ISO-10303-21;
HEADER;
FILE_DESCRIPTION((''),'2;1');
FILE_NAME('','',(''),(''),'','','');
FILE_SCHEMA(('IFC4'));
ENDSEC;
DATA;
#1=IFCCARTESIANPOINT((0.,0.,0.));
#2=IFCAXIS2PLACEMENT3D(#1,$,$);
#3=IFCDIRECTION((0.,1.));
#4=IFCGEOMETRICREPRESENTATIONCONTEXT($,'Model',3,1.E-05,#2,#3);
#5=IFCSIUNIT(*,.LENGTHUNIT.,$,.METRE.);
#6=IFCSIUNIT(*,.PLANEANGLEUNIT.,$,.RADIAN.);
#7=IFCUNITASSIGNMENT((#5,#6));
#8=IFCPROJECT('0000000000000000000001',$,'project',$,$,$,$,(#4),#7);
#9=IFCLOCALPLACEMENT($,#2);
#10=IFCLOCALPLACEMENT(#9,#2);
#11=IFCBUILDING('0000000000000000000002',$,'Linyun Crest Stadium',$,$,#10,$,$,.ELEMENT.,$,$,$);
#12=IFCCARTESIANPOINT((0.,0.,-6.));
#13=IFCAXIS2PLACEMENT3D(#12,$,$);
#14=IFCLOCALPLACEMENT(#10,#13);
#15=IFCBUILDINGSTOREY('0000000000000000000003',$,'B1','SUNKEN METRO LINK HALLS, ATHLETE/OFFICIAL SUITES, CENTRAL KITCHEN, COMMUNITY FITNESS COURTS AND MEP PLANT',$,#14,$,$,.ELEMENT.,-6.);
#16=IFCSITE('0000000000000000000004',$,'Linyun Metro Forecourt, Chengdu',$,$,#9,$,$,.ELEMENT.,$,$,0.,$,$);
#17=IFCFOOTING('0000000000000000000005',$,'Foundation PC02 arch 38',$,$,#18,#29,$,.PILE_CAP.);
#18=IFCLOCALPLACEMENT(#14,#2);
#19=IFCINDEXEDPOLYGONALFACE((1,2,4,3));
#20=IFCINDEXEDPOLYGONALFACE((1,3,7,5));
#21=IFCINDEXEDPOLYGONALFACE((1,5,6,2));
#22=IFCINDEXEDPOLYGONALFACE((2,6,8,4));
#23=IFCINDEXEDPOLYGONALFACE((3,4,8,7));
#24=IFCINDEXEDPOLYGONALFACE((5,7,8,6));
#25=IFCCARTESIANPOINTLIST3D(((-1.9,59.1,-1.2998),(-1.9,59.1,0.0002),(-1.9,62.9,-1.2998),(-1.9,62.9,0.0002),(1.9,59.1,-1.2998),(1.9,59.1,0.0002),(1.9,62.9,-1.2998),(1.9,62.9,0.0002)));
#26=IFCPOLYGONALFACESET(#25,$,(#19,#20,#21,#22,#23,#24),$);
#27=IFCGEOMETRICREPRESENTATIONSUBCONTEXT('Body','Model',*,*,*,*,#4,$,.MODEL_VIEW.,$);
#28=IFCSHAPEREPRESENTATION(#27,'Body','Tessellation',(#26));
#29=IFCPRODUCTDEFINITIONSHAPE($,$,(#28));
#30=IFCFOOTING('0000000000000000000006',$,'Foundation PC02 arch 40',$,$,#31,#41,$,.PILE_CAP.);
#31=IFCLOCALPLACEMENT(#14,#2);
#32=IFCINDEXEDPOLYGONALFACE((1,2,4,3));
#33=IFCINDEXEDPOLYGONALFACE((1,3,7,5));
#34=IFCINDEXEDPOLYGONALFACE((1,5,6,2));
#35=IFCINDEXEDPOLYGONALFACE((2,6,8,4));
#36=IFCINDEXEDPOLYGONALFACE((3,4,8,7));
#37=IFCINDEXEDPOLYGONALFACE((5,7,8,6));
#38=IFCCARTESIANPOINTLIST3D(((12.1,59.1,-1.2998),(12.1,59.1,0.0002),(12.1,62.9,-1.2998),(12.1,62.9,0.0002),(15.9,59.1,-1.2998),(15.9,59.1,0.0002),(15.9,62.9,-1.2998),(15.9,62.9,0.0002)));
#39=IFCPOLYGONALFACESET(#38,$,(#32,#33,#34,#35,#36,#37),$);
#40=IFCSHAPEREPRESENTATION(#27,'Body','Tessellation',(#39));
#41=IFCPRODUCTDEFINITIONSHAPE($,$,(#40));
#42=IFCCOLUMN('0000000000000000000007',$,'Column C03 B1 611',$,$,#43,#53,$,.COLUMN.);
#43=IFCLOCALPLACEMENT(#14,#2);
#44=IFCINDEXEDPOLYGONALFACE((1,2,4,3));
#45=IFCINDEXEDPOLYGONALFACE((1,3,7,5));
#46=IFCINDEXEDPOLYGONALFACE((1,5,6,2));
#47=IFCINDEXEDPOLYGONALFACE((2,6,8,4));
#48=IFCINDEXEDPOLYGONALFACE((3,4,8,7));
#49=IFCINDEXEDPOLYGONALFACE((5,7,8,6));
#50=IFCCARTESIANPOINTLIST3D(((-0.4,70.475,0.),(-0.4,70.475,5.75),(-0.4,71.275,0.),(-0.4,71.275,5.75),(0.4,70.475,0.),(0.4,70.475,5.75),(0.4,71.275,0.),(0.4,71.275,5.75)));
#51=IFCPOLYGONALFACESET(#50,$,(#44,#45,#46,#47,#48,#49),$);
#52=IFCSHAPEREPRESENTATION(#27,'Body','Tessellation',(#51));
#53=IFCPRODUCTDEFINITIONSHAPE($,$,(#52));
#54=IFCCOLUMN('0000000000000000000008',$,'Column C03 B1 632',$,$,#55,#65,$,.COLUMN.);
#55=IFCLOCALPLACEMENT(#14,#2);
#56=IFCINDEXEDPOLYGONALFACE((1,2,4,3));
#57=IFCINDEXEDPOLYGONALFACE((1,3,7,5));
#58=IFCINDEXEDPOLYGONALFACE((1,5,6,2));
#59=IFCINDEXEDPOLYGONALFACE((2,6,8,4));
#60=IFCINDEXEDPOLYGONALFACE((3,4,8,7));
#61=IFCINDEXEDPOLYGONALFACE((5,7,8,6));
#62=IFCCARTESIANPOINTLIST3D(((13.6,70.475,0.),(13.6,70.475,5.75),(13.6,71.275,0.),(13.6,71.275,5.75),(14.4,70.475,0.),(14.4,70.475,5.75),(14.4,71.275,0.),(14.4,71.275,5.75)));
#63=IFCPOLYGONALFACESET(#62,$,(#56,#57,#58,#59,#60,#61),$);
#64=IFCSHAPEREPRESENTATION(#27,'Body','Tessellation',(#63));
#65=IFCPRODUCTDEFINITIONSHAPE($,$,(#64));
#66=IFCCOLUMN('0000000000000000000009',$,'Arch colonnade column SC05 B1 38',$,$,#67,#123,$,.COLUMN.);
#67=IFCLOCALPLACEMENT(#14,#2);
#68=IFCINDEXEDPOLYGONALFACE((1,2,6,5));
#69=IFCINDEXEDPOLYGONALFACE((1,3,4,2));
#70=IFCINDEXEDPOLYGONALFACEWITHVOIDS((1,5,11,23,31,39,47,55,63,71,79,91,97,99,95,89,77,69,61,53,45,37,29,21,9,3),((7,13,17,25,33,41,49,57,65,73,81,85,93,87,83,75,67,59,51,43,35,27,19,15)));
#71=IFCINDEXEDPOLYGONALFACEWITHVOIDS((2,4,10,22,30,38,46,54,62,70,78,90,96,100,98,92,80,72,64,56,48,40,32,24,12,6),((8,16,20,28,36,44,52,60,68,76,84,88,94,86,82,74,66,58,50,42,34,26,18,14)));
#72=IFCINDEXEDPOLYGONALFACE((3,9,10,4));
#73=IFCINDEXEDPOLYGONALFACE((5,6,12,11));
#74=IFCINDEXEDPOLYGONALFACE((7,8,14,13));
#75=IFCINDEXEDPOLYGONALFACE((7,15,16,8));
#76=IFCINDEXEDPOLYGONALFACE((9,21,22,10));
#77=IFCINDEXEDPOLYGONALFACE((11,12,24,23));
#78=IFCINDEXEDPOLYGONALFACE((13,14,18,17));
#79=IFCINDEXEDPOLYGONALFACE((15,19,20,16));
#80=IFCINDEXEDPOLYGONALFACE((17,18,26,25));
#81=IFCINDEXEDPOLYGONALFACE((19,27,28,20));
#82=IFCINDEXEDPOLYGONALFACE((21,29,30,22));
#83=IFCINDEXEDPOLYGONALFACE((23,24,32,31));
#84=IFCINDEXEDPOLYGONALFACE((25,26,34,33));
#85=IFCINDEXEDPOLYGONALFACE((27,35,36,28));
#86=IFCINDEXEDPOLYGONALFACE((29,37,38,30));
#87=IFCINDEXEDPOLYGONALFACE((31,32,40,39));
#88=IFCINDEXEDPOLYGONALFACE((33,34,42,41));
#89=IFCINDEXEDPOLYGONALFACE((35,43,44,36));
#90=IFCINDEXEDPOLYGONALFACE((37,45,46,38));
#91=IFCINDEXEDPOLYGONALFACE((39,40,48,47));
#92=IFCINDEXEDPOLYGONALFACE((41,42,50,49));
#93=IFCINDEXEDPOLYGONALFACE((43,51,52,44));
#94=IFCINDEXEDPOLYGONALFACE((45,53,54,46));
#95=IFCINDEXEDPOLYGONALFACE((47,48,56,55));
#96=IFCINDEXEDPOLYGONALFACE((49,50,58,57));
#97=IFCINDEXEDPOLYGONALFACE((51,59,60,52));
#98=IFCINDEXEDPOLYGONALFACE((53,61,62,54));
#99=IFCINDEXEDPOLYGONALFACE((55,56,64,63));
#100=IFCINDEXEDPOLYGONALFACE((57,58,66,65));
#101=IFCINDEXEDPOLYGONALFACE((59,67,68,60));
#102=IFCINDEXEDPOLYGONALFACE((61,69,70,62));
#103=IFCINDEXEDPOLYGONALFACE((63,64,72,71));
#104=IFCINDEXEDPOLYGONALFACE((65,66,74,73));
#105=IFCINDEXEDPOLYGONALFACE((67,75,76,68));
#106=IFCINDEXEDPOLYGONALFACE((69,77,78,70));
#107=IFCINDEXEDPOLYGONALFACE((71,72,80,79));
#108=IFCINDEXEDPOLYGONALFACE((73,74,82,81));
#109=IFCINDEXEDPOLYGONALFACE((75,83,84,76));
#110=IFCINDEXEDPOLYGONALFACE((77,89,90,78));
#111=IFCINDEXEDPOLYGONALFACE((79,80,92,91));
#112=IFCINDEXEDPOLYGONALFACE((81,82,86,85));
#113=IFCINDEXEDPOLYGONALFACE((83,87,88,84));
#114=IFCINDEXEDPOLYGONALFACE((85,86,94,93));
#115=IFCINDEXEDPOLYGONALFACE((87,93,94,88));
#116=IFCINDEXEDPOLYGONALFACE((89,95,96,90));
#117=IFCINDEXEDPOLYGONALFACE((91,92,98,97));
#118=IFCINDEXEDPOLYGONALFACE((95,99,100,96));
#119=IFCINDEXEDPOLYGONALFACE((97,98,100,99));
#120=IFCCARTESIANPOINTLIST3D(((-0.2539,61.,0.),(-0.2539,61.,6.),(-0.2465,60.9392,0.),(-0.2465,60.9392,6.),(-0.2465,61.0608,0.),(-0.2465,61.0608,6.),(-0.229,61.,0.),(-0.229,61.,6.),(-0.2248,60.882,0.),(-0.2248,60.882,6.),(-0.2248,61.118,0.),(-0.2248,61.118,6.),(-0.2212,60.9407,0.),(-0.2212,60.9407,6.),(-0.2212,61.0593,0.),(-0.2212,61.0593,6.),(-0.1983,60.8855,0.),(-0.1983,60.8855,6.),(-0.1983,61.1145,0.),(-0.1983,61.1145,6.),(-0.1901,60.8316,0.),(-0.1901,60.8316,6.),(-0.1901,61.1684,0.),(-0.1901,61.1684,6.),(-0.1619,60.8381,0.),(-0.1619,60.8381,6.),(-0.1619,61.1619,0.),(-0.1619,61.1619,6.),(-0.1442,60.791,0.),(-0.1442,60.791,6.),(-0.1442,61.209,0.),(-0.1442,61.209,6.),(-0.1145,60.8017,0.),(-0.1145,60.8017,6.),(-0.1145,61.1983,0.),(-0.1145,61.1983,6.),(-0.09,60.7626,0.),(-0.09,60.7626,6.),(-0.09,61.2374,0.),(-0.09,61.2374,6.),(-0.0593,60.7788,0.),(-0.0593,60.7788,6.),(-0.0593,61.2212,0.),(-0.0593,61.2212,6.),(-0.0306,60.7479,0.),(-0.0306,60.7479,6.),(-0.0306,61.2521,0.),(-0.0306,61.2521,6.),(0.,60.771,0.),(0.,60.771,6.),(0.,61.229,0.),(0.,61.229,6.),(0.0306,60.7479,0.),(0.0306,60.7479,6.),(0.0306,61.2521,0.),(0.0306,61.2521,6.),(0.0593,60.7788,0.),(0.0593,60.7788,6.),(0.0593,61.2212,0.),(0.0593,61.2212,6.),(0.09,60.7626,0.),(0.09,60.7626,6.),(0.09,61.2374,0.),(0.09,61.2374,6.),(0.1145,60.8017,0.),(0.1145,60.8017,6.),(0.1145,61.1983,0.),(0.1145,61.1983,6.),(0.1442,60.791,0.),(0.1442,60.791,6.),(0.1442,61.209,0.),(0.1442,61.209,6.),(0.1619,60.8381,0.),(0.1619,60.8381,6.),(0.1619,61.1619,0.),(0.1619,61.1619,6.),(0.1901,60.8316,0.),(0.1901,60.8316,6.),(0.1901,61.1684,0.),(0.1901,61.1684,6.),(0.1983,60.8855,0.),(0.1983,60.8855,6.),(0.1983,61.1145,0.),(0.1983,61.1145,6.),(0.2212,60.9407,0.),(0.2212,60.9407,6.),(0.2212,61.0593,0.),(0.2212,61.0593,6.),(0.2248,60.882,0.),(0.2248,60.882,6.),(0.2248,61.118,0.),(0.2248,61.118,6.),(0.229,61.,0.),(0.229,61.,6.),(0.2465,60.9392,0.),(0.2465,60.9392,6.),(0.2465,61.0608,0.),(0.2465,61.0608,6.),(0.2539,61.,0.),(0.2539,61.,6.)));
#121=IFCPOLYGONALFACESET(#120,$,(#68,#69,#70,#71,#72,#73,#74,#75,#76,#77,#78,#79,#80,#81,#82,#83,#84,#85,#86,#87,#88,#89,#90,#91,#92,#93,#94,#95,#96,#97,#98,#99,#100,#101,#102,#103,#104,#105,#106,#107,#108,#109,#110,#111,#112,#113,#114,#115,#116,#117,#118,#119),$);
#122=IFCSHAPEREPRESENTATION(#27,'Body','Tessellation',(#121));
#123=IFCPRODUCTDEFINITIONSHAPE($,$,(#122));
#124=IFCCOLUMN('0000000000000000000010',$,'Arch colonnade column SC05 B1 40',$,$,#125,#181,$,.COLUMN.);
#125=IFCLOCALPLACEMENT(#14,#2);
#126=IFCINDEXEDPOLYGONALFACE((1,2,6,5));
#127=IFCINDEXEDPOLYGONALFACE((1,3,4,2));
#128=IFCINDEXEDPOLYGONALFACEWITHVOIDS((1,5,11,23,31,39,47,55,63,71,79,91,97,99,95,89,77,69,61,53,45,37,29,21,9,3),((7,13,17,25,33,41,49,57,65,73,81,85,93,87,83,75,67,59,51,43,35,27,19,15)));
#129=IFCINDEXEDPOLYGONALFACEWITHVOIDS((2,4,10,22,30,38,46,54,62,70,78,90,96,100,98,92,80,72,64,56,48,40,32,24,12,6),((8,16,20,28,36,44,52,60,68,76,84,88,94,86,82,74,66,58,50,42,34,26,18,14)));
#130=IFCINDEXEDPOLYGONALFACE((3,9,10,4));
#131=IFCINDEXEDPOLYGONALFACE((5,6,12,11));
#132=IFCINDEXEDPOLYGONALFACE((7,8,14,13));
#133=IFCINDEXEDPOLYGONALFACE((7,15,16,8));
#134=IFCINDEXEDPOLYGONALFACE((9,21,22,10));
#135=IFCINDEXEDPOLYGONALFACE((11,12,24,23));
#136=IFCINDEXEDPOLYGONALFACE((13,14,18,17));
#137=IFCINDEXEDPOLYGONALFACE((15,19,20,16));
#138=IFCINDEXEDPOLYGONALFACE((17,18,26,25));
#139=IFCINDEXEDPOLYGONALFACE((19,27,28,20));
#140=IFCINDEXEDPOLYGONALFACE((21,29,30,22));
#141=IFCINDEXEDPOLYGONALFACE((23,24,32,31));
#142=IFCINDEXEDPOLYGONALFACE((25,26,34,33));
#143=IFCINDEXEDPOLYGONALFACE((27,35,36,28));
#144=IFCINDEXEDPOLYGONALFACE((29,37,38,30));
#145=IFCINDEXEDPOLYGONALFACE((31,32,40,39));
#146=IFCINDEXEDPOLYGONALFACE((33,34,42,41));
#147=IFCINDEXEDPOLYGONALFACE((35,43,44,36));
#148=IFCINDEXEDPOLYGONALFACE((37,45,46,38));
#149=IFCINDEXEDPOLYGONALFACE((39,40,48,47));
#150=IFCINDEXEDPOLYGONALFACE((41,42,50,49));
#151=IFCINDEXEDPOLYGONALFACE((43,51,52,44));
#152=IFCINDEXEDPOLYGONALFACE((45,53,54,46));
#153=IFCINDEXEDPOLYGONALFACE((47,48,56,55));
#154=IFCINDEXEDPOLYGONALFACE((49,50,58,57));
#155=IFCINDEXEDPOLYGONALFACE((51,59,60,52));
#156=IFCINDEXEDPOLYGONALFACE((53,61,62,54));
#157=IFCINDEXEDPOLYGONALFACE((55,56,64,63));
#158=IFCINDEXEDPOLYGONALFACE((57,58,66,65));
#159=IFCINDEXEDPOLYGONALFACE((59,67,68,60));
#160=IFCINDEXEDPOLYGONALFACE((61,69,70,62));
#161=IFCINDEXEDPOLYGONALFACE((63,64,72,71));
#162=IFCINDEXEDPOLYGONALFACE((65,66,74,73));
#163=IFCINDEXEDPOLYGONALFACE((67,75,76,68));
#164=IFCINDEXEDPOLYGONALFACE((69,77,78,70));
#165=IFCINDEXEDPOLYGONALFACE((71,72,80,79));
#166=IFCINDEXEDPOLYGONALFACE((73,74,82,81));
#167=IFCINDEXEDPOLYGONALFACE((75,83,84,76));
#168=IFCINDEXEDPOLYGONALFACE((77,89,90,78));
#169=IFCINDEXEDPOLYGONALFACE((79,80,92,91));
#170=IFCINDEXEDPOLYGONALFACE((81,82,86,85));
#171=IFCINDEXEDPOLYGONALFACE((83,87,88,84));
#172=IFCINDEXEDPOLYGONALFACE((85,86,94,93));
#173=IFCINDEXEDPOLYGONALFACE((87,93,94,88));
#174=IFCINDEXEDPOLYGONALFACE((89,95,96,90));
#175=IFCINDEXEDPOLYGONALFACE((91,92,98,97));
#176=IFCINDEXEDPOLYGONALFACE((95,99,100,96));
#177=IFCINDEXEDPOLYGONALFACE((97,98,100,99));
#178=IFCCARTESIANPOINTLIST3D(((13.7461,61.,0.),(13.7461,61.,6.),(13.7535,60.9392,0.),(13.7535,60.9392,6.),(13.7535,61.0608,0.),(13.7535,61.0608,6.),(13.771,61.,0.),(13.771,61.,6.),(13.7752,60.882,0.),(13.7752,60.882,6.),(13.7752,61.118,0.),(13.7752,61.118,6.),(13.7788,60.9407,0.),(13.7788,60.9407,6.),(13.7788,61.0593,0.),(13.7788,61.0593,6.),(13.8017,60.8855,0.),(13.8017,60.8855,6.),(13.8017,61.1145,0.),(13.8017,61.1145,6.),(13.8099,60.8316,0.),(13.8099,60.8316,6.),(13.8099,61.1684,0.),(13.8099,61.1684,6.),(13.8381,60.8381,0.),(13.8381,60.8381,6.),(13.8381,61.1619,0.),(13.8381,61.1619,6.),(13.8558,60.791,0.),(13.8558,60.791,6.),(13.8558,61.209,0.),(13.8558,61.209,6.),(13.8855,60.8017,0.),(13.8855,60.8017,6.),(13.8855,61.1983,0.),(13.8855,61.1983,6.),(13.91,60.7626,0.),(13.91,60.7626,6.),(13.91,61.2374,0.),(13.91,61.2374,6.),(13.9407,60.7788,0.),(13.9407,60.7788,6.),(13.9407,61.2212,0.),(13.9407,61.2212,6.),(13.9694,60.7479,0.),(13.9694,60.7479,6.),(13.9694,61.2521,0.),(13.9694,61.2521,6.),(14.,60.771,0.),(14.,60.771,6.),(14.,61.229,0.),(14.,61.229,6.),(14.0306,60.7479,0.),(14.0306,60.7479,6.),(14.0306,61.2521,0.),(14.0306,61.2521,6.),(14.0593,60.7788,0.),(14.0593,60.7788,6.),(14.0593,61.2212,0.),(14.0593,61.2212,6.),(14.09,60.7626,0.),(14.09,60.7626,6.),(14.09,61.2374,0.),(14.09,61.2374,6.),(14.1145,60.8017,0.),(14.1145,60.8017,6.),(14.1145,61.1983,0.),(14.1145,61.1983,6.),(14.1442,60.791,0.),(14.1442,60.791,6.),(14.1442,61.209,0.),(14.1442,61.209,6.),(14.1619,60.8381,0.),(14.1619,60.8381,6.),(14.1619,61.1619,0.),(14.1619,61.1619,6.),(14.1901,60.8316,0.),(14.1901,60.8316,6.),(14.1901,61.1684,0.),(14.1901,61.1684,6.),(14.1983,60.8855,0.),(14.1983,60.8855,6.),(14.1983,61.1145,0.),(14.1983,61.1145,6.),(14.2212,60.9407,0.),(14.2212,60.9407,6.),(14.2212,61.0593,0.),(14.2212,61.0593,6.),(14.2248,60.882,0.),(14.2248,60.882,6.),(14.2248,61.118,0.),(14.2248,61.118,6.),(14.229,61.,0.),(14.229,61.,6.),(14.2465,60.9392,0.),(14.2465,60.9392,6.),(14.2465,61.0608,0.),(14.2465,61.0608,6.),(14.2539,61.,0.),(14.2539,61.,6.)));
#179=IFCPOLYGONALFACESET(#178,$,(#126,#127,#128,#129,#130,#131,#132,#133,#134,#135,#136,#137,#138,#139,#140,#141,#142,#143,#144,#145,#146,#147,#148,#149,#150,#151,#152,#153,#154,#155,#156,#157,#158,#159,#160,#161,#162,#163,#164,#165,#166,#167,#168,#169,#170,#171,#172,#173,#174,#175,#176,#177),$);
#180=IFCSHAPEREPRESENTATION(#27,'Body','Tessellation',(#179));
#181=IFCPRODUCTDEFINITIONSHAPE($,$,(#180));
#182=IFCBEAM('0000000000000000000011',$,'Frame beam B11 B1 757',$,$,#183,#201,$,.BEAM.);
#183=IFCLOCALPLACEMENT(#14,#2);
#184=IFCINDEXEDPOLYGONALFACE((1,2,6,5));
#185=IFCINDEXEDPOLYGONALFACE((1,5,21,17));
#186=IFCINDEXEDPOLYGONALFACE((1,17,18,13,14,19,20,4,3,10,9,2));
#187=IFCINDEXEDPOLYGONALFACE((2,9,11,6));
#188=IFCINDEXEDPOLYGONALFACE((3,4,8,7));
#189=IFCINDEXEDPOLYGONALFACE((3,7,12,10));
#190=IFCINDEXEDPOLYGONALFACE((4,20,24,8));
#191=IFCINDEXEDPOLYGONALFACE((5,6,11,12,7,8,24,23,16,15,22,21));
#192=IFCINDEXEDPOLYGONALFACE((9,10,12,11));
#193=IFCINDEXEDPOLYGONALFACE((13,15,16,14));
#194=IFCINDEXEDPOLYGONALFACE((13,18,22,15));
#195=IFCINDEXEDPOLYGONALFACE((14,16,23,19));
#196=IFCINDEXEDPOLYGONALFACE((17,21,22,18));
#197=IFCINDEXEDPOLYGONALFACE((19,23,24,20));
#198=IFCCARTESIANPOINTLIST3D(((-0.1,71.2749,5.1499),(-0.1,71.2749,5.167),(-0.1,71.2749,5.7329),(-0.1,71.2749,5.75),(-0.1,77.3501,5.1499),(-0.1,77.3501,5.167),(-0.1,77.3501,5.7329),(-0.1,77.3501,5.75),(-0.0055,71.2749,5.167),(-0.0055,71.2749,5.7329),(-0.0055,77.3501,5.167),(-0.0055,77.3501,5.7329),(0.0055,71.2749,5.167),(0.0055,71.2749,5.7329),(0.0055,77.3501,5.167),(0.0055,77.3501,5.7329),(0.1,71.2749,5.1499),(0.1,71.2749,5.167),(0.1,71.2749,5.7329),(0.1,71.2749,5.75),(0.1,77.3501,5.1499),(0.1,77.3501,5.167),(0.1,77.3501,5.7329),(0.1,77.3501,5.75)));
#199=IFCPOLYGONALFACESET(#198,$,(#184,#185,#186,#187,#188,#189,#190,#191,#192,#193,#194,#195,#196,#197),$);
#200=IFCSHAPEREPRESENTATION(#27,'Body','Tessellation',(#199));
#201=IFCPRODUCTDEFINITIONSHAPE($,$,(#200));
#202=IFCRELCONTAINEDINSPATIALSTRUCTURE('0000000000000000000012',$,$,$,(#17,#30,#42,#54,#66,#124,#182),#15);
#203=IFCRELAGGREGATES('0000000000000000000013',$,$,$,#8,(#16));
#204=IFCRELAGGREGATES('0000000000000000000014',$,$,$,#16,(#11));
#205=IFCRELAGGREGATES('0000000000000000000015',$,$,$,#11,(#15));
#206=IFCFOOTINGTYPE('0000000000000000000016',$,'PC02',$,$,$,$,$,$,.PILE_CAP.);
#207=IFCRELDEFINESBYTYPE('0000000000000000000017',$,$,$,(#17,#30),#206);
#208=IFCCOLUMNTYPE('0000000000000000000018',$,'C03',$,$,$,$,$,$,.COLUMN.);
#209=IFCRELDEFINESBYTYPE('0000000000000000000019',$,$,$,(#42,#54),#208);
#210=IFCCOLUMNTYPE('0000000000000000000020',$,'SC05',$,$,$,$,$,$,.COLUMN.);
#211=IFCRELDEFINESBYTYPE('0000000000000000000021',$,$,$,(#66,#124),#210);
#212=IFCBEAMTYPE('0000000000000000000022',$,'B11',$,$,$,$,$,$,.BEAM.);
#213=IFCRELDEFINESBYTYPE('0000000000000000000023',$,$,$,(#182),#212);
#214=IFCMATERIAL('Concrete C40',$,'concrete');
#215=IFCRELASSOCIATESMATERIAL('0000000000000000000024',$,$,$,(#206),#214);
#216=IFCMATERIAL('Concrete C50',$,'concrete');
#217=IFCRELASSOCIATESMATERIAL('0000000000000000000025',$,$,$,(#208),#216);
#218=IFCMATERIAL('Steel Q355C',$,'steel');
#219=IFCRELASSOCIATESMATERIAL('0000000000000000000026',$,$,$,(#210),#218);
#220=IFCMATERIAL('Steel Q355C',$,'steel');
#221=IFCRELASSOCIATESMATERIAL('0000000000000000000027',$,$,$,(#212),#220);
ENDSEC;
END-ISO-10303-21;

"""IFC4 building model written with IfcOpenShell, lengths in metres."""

from ifc_helpers import new_model, si_unit, direction, frame, origin, origin_2d, place, context, subcontext, project, spatial, rectangle, hollow_circle, i_section, extrude, material, material_profile, profile_set, type_object, element, save


model = new_model("IFC4")

# Units and contexts
model_context = context("Model", 3, precision=1e-05, world=origin(), true_north=direction((0.0, 1.0)))
body_context = subcontext(model_context, "Body", "Model", "MODEL_VIEW")
ifc_project = project(units=[si_unit("LENGTHUNIT", "METRE"), si_unit("PLANEANGLEUNIT", "RADIAN")], contexts=[model_context])

# Site, building, storey
site_placement = place(None, origin())
site = spatial("IfcSite", under=ifc_project, at=site_placement, Name="Linyun Metro Forecourt, Chengdu", CompositionType="ELEMENT", RefElevation=0.0)
building_placement = place(site_placement, origin())
building = spatial("IfcBuilding", under=site, at=building_placement, Name="Linyun Crest Stadium", CompositionType="ELEMENT")
storey_placement = place(building_placement, frame((0.0, 0.0, -6.0)))
storey = spatial("IfcBuildingStorey", under=building, at=storey_placement, Name="B1", Description="SUNKEN METRO LINK HALLS, ATHLETE/OFFICIAL SUITES, CENTRAL KITCHEN, COMMUNITY FITNESS COURTS AND MEP PLANT", CompositionType="ELEMENT", Elevation=-6.0)

# Footings
ifc_material_1 = material(Name="Concrete C40", Category="concrete")
footing_type = type_object("IfcFootingType", Name="PC02", PredefinedType="PILE_CAP", material=ifc_material_1)
for number, where, z_axis, x_axis, name in (
    (1, (0.0, 61.0, -1.2998), (0.0, 0.0, 1.0), (1.0, 0.0, 0.0), "Foundation PC02 arch 38"),
    (2, (14.0, 61.0, -1.2998), (0.0, 0.0, 1.0), (1.0, 0.0, 0.0), "Foundation PC02 arch 40"),
):
    element("IfcFooting", number, at=place(storey_placement, frame(where, z_axis=z_axis, x_axis=x_axis)), inside=storey, type_object=footing_type, Name=name, PredefinedType="PILE_CAP", context=body_context, shape_type="SweptSolid", body=[
        extrude(rectangle(XDim=3.8, YDim=3.8, at=origin_2d()), origin(), (0.0, 0.0, 1.0), 1.3),
    ])

# Columns
ifc_material_2 = material(Name="Concrete C50", Category="concrete")
ifc_material_profile_1 = material_profile(ifc_material_2, rectangle(XDim=0.8, YDim=0.8, at=origin_2d()), Name="RC 800x800")
ifc_profile_set_1 = profile_set([ifc_material_profile_1], Name="Concrete C50")
column_type_1 = type_object("IfcColumnType", Name="C03", PredefinedType="COLUMN", material=ifc_profile_set_1)
for number, where, z_axis, x_axis, name in (
    (3, (0.0, 70.875, 0.0), (0.0, 0.0, 1.0), (1.0, 0.0, 0.0), "Column C03 B1 611"),
    (4, (14.0, 70.875, 0.0), (0.0, 0.0, 1.0), (1.0, 0.0, 0.0), "Column C03 B1 632"),
):
    element("IfcColumn", number, at=place(storey_placement, frame(where, z_axis=z_axis, x_axis=x_axis)), inside=storey, type_object=column_type_1, Name=name, PredefinedType="COLUMN", context=body_context, shape_type="SweptSolid", body=[
        extrude(rectangle(XDim=0.8, YDim=0.8, at=origin_2d()), origin(), (0.0, 0.0, 1.0), 5.75),
    ])
ifc_material_3 = material(Name="Steel Q355C", Category="steel")
ifc_material_profile_2 = material_profile(ifc_material_3, hollow_circle(Radius=0.2539, WallThickness=0.0249, at=origin_2d()), Name="CHS 508x25")
ifc_profile_set_2 = profile_set([ifc_material_profile_2], Name="Steel Q355C")
column_type_2 = type_object("IfcColumnType", Name="SC05", PredefinedType="COLUMN", material=ifc_profile_set_2)
for number, where, z_axis, x_axis, name in (
    (5, (0.0, 61.0, 0.0), (0.0, 0.0, 1.0), (1.0, 0.0, 0.0), "Arch colonnade column SC05 B1 38"),
    (6, (14.0, 61.0, 0.0), (0.0, 0.0, 1.0), (1.0, 0.0, 0.0), "Arch colonnade column SC05 B1 40"),
):
    element("IfcColumn", number, at=place(storey_placement, frame(where, z_axis=z_axis, x_axis=x_axis)), inside=storey, type_object=column_type_2, Name=name, PredefinedType="COLUMN", context=body_context, shape_type="SweptSolid", body=[
        extrude(hollow_circle(Radius=0.2539, WallThickness=0.0249, at=origin_2d()), origin(), (0.0, 0.0, 1.0), 6.0),
    ])

# Beam
ifc_material_4 = material(Name="Steel Q355C", Category="steel")
ifc_material_profile_3 = material_profile(ifc_material_4, i_section(OverallWidth=0.2, OverallDepth=0.6001, WebThickness=0.011, FlangeThickness=0.0171, at=origin_2d()), Name="HN 600x200")
ifc_profile_set_3 = profile_set([ifc_material_profile_3], Name="Steel Q355C")
beam_type_1 = type_object("IfcBeamType", Name="B11", PredefinedType="BEAM", material=ifc_profile_set_3)
beam_1_placement = place(storey_placement, frame((0.0, 71.2749, 5.45), z_axis=(0.0, 1.0, 0.0), x_axis=(-1.0, 0.0, 0.0)))
element("IfcBeam", 7, at=beam_1_placement, inside=storey, type_object=beam_type_1, Name="Frame beam B11 B1 757", PredefinedType="BEAM", context=body_context, shape_type="SweptSolid", body=[
    extrude(i_section(OverallWidth=0.2, OverallDepth=0.6001, WebThickness=0.011, FlangeThickness=0.0171, at=origin_2d()), origin(), (0.0, 0.0, 1.0), 6.0752),
])

save(model, "model.ifc")
